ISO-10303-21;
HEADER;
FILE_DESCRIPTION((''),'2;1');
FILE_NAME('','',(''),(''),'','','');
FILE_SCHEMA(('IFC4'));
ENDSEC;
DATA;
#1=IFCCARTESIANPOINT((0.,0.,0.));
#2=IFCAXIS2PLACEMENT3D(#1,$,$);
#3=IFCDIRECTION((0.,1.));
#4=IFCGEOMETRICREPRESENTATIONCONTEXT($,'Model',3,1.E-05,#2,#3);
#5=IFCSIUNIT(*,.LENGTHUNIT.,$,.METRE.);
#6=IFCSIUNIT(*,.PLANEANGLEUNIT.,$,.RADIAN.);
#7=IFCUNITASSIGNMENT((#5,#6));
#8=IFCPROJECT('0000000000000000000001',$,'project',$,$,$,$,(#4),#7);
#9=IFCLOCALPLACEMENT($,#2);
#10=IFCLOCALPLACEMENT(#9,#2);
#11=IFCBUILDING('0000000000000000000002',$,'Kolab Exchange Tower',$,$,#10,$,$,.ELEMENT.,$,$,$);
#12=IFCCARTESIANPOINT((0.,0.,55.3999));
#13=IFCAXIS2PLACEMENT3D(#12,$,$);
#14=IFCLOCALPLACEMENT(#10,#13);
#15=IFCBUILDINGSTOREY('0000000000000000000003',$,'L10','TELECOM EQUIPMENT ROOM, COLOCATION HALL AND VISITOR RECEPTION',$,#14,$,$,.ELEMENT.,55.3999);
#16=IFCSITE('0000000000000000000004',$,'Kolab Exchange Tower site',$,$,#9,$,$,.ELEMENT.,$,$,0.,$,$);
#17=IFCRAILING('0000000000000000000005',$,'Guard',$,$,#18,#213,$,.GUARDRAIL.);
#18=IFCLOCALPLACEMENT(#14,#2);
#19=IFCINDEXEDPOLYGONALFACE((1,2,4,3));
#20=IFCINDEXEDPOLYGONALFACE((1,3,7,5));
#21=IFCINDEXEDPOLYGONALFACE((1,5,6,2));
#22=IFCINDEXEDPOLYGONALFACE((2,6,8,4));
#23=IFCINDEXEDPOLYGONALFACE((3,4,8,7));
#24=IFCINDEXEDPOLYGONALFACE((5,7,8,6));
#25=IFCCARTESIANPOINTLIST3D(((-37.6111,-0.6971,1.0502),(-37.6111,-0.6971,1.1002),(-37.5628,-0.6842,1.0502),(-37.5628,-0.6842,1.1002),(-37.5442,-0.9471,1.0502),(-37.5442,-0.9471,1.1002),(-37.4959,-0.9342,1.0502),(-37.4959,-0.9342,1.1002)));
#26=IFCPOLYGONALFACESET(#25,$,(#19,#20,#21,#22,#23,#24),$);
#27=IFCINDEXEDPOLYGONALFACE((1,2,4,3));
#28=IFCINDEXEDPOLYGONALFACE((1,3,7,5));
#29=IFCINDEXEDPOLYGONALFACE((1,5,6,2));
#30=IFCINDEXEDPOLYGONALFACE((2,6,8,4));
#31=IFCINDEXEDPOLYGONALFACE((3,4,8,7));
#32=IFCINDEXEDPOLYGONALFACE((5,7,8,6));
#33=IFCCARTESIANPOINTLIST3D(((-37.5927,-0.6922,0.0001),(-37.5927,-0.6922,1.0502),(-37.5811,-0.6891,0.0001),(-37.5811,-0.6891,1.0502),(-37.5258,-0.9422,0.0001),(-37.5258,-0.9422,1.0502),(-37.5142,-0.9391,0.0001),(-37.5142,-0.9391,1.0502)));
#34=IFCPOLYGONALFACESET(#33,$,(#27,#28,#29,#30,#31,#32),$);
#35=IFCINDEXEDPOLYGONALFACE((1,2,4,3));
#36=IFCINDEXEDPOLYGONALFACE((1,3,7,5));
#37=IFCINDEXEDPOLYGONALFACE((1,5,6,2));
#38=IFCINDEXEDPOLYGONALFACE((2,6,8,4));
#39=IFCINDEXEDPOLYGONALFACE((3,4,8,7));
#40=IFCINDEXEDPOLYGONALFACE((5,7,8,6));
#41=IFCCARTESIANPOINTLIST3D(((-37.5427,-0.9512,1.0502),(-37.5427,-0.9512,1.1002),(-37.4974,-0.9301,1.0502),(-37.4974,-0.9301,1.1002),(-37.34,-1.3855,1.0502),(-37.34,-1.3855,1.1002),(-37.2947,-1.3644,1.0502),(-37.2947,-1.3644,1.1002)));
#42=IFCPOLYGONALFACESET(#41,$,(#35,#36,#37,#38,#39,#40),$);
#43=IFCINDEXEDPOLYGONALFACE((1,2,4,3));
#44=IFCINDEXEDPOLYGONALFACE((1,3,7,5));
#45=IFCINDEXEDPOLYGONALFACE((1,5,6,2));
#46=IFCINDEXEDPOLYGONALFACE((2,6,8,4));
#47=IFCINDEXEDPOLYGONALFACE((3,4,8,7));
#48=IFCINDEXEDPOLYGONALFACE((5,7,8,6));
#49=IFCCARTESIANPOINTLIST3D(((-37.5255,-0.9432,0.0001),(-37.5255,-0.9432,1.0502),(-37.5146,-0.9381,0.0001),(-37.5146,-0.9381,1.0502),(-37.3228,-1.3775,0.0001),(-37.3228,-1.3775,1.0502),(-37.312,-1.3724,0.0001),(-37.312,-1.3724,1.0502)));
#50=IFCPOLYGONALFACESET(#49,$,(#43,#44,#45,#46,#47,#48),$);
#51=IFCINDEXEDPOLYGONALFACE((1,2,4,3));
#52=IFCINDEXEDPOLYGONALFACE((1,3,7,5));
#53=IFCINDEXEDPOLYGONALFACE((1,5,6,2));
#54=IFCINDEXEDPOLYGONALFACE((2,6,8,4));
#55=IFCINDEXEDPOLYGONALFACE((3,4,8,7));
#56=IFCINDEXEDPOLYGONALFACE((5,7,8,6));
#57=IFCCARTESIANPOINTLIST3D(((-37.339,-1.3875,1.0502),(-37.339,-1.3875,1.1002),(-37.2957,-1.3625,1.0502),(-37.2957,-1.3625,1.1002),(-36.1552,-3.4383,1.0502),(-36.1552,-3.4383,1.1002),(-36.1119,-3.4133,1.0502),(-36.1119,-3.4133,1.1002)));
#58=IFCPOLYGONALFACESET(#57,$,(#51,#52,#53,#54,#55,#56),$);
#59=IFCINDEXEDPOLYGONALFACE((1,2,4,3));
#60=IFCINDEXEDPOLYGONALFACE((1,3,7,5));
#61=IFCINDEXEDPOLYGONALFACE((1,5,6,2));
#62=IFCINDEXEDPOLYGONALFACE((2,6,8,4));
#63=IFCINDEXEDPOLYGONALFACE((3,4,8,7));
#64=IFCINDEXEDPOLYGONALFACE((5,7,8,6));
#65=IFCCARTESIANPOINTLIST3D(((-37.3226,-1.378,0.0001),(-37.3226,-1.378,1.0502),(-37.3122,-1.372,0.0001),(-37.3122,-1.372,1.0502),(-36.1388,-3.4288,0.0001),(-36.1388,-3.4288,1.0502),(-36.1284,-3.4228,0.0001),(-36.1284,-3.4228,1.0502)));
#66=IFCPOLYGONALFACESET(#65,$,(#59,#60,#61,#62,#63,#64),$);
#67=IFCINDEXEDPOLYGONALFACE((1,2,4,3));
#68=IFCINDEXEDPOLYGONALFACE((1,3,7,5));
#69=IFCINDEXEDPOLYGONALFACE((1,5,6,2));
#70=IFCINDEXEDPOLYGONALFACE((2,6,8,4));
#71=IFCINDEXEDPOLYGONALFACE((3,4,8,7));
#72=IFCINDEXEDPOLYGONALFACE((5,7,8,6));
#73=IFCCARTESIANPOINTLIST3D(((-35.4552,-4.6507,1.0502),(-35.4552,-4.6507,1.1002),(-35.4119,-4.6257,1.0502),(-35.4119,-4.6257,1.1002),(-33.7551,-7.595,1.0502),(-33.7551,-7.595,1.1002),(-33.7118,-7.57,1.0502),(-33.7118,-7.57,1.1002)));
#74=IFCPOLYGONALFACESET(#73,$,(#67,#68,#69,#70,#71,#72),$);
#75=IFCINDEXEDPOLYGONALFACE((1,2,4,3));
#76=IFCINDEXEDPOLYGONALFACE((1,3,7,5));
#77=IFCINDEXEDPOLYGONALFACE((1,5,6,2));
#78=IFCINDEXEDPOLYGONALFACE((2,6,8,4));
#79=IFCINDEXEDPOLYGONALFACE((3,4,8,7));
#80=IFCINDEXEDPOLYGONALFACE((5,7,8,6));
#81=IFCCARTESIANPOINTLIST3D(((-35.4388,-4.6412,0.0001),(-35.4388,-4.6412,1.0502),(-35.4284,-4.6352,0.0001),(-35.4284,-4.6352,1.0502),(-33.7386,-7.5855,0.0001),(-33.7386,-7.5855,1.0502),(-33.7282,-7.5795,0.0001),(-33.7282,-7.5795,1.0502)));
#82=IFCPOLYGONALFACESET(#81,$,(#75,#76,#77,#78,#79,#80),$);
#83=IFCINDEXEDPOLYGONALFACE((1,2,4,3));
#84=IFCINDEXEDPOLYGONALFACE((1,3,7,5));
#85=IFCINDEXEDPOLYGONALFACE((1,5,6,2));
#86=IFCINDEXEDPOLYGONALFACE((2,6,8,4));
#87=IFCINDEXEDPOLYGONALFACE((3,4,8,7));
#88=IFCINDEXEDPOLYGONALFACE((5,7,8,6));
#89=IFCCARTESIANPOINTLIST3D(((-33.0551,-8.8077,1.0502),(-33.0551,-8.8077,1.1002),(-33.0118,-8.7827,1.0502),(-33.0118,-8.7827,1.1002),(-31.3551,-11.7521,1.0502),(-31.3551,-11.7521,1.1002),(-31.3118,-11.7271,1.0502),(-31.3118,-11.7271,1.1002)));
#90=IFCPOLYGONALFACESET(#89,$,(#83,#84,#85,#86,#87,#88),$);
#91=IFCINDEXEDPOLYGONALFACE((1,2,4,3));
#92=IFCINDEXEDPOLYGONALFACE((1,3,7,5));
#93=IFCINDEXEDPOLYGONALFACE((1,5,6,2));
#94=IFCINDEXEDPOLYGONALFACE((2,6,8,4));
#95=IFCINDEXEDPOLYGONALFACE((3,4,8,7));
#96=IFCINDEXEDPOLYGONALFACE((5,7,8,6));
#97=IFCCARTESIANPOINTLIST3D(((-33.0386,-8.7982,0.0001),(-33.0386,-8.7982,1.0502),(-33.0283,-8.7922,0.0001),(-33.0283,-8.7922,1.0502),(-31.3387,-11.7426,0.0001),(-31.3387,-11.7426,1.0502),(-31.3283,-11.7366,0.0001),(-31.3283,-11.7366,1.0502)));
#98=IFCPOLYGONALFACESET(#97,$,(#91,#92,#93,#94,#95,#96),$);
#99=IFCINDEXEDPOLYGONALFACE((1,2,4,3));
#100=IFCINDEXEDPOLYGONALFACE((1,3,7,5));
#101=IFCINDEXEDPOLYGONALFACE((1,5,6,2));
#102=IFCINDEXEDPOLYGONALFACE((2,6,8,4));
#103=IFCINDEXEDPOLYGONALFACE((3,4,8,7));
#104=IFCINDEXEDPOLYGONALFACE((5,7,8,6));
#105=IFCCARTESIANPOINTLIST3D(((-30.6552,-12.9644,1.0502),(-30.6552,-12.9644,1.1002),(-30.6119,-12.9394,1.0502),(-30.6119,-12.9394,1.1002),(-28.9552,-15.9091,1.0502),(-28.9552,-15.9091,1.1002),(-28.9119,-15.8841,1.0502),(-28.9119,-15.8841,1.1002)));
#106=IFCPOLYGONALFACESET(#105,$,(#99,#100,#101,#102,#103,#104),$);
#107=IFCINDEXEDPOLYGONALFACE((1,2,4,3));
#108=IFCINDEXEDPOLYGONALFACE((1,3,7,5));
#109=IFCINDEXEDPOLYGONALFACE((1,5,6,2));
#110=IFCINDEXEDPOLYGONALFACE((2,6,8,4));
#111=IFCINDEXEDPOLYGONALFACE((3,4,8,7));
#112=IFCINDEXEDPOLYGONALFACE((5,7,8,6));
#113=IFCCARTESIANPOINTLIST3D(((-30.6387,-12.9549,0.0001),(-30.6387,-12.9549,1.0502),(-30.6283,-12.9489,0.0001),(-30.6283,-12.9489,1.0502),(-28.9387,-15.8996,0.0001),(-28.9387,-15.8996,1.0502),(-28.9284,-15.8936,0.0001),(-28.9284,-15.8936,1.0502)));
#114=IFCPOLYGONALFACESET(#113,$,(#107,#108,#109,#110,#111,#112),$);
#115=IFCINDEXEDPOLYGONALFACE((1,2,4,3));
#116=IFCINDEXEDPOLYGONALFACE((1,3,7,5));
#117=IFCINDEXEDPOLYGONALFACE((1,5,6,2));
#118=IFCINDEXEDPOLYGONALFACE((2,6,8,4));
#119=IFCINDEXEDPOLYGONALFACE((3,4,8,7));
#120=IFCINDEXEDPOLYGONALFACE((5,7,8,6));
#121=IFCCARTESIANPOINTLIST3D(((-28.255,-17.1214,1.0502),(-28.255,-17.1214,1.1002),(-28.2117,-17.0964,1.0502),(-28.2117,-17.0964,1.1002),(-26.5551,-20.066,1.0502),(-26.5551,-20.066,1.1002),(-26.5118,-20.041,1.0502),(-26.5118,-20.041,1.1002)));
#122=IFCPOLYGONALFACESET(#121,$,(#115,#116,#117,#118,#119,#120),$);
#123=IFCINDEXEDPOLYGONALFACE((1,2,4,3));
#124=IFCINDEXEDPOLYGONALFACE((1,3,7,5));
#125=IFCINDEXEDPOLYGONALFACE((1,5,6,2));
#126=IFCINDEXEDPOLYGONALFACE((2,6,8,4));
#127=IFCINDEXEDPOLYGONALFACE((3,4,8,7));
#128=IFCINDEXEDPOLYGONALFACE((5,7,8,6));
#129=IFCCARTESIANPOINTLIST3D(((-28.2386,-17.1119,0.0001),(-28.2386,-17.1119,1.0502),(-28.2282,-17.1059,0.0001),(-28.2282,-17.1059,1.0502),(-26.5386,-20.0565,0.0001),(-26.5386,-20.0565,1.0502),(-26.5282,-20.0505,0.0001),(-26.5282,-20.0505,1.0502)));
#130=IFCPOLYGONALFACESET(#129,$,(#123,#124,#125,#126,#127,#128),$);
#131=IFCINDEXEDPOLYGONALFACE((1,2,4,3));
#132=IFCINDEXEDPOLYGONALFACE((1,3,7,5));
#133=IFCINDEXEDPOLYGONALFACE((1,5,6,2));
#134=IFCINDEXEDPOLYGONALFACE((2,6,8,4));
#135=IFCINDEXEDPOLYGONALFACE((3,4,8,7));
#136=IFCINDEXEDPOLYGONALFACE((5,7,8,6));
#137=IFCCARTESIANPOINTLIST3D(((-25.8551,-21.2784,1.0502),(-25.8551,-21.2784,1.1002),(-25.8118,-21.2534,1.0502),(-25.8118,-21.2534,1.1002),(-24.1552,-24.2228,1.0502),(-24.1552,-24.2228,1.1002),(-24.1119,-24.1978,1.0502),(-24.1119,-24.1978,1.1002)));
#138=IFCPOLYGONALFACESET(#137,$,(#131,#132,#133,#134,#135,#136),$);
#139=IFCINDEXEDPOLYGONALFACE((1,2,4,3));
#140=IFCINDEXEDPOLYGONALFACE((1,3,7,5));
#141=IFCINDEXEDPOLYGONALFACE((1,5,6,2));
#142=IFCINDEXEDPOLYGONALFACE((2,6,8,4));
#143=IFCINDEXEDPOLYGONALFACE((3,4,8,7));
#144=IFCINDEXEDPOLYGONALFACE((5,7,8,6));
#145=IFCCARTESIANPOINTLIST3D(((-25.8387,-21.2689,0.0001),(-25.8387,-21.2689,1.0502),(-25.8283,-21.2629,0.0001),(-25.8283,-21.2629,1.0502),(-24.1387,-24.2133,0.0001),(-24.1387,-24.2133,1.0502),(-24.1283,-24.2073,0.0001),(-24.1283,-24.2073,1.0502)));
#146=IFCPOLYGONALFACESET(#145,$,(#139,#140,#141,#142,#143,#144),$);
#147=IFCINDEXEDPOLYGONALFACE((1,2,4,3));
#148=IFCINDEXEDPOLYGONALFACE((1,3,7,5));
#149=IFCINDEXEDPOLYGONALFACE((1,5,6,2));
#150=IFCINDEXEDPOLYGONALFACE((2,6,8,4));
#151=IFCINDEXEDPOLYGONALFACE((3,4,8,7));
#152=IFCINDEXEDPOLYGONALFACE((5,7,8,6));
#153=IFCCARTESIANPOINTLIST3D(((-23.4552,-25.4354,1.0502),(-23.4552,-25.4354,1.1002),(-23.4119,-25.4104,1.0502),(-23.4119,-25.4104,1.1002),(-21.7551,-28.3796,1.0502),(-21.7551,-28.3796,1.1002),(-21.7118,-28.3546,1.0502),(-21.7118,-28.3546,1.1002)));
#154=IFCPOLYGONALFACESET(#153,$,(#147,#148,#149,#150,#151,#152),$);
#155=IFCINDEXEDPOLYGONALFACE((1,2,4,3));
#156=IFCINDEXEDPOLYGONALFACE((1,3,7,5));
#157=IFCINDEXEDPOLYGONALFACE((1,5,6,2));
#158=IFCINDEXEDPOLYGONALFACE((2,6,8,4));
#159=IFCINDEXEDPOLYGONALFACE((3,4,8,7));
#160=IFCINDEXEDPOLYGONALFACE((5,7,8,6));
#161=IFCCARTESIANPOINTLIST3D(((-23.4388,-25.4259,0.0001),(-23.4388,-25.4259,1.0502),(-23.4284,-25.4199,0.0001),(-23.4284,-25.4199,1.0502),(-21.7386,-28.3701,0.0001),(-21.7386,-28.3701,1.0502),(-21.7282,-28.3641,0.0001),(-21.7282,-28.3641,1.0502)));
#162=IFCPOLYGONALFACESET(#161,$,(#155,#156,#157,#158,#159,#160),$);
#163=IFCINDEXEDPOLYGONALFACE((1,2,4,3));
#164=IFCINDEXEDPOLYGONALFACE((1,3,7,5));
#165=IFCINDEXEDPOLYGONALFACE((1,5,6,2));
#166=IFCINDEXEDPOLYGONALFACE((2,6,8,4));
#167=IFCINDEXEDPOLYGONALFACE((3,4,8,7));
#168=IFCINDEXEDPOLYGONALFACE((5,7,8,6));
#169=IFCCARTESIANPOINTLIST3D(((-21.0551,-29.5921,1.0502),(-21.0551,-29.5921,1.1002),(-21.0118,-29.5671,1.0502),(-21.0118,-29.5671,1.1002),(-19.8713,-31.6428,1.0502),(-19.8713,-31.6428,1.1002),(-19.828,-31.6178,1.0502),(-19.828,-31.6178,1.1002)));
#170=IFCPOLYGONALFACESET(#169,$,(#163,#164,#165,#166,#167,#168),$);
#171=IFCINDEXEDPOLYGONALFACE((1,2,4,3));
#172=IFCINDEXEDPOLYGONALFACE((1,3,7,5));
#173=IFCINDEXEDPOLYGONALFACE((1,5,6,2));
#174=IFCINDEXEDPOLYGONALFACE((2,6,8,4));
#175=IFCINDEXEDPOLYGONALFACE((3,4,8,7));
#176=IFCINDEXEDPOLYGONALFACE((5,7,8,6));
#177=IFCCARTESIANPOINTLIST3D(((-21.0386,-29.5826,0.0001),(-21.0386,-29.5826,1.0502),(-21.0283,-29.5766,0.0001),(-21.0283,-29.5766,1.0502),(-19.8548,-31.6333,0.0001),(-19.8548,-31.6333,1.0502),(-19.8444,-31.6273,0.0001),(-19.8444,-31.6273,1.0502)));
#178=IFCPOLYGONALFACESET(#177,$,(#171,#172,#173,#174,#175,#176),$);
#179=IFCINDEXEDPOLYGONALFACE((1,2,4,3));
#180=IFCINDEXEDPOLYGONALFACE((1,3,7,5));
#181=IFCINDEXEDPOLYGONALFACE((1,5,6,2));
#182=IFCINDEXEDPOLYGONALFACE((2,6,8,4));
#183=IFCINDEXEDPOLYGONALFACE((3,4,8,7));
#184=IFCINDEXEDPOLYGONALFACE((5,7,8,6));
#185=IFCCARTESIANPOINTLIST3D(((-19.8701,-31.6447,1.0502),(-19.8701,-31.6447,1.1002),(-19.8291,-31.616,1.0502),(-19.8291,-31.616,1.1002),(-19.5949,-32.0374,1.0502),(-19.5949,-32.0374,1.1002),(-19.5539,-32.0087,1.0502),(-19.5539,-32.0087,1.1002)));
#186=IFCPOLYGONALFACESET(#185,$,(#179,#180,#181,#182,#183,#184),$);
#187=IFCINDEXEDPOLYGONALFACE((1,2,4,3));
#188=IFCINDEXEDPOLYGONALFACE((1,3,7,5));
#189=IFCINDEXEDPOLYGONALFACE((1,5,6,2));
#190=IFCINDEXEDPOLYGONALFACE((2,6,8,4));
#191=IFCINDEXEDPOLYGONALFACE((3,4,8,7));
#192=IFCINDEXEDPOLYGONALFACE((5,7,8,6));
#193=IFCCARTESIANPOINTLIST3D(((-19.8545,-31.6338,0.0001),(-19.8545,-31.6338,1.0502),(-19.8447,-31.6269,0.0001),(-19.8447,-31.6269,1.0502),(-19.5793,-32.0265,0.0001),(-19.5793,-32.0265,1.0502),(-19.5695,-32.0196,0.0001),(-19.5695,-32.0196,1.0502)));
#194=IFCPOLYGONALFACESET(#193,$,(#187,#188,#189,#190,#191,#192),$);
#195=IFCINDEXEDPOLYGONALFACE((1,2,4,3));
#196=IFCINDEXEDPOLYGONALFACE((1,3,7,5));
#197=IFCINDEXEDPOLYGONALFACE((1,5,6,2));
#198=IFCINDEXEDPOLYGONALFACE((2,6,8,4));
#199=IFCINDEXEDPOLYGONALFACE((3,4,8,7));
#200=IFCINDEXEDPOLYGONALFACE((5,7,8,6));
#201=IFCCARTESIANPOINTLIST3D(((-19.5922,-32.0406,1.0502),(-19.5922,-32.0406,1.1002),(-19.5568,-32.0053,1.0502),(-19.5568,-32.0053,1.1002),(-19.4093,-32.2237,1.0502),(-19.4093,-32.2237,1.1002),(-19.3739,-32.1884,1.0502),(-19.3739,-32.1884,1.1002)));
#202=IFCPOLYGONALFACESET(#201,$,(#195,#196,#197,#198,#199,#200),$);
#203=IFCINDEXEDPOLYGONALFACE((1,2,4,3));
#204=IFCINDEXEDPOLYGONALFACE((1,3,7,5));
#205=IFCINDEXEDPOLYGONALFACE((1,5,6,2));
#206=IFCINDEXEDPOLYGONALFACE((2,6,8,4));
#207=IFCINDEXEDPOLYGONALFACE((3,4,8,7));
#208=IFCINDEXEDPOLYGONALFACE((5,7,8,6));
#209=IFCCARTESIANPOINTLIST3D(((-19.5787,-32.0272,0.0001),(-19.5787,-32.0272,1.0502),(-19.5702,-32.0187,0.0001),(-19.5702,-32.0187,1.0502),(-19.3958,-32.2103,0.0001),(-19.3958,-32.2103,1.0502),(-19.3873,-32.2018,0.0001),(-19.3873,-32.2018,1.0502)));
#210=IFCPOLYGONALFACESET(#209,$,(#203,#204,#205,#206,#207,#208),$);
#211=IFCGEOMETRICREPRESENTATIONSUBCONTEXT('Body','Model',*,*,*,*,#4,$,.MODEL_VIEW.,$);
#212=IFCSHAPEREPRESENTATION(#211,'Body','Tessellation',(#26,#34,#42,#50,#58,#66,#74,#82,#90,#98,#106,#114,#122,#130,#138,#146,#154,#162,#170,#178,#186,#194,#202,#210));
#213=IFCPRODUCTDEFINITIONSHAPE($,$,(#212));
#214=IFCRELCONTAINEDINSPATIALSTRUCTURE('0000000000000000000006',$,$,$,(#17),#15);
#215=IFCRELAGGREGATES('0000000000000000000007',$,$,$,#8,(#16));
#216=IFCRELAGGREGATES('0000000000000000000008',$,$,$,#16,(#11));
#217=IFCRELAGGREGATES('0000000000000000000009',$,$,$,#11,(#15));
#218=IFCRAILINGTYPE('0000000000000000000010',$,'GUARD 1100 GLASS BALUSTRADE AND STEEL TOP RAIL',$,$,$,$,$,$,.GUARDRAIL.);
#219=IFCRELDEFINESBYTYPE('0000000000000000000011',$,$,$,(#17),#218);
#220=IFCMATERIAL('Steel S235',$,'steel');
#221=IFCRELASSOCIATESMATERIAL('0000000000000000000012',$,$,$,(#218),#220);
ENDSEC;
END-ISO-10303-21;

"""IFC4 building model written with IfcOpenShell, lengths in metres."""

from ifc_helpers import new_model, si_unit, direction, frame, frame_2d, origin, origin_2d, place, context, subcontext, project, spatial, rectangle, extrude, material, type_object, element, save


model = new_model("IFC4")

# Units and contexts
model_context = context("Model", 3, precision=1e-05, world=origin(), true_north=direction((0.0, 1.0)))
body_context = subcontext(model_context, "Body", "Model", "MODEL_VIEW")
ifc_project = project(units=[si_unit("LENGTHUNIT", "METRE"), si_unit("PLANEANGLEUNIT", "RADIAN")], contexts=[model_context])

# Site, building, storey
site_placement = place(None, origin())
site = spatial("IfcSite", under=ifc_project, at=site_placement, Name="Kolab Exchange Tower site", CompositionType="ELEMENT", RefElevation=0.0)
building_placement = place(site_placement, origin())
building = spatial("IfcBuilding", under=site, at=building_placement, Name="Kolab Exchange Tower", CompositionType="ELEMENT")
storey_placement = place(building_placement, frame((0.0, 0.0, 55.3999)))
storey = spatial("IfcBuildingStorey", under=building, at=storey_placement, Name="L10", Description="TELECOM EQUIPMENT ROOM, COLOCATION HALL AND VISITOR RECEPTION", CompositionType="ELEMENT", Elevation=55.3999)

# Railing
ifc_material_1 = material(Name="Steel S235", Category="steel")
railing_type = type_object("IfcRailingType", Name="GUARD 1100 GLASS BALUSTRADE AND STEEL TOP RAIL", PredefinedType="GUARDRAIL", material=ifc_material_1)
railing_placement = place(storey_placement, frame((-37.5869, -0.6907, 0.0)))
element("IfcRailing", 1, at=railing_placement, inside=storey, type_object=railing_type, Name="Guard", PredefinedType="GUARDRAIL", context=body_context, shape_type="SweptSolid", body=[
    extrude(rectangle(XDim=0.05, YDim=0.05, at=origin_2d()), frame((0.0, 0.0, 1.0752), z_axis=(0.258485, -0.966015, 0.0), x_axis=(0.966015, 0.258485, 0.0)), (0.0, 0.0, 1.0), 0.2588),
    extrude(rectangle(XDim=0.012, YDim=1.0501, at=frame_2d((0.0, 0.5251))), frame((0.0, 0.0, 0.0), z_axis=(0.258485, -0.966015, 0.0), x_axis=(0.966015, 0.258485, 0.0)), (0.0, 0.0, 1.0), 0.2588),
    extrude(rectangle(XDim=0.05, YDim=0.05, at=origin_2d()), frame((0.0669, -0.25, 1.0752), z_axis=(0.422802, -0.906222, 0.0), x_axis=(0.906222, 0.422802, 0.0)), (0.0, 0.0, 1.0), 0.4792),
    extrude(rectangle(XDim=0.012, YDim=1.0501, at=frame_2d((0.0, 0.5251))), frame((0.0669, -0.25, 0.0), z_axis=(0.422802, -0.906222, 0.0), x_axis=(0.906222, 0.422802, 0.0)), (0.0, 0.0, 1.0), 0.4792),
    extrude(rectangle(XDim=0.05, YDim=0.05, at=origin_2d()), frame((0.2695, -0.6843, 1.0752), z_axis=(0.499943, -0.866059, 0.0), x_axis=(0.866059, 0.499943, 0.0)), (0.0, 0.0, 1.0), 2.3679),
    extrude(rectangle(XDim=0.012, YDim=1.0501, at=frame_2d((0.0, 0.5251))), frame((0.2695, -0.6843, 0.0), z_axis=(0.499943, -0.866059, 0.0), x_axis=(0.866059, 0.499943, 0.0)), (0.0, 0.0, 1.0), 2.3679),
    extrude(rectangle(XDim=0.05, YDim=0.05, at=origin_2d()), frame((2.1533, -3.9475, 1.0752), z_axis=(0.500062, -0.865989, 0.0), x_axis=(0.865989, 0.500062, 0.0)), (0.0, 0.0, 1.0), 3.3999),
    extrude(rectangle(XDim=0.012, YDim=1.0501, at=frame_2d((0.0, 0.5251))), frame((2.1533, -3.9475, 0.0), z_axis=(0.500062, -0.865989, 0.0), x_axis=(0.865989, 0.500062, 0.0)), (0.0, 0.0, 1.0), 3.3999),
    extrude(rectangle(XDim=0.05, YDim=0.05, at=origin_2d()), frame((4.5535, -8.1045, 1.0752), z_axis=(0.500008, -0.866021, 0.0), x_axis=(0.866021, 0.500008, 0.0)), (0.0, 0.0, 1.0), 3.3999),
    extrude(rectangle(XDim=0.012, YDim=1.0501, at=frame_2d((0.0, 0.5251))), frame((4.5535, -8.1045, 0.0), z_axis=(0.500008, -0.866021, 0.0), x_axis=(0.866021, 0.500008, 0.0)), (0.0, 0.0, 1.0), 3.3999),
    extrude(rectangle(XDim=0.05, YDim=0.05, at=origin_2d()), frame((6.9534, -12.2612, 1.0752), z_axis=(0.499977, -0.866039, 0.0), x_axis=(0.866039, 0.499977, 0.0)), (0.0, 0.0, 1.0), 3.4001),
    extrude(rectangle(XDim=0.012, YDim=1.0501, at=frame_2d((0.0, 0.5251))), frame((6.9534, -12.2612, 0.0), z_axis=(0.499977, -0.866039, 0.0), x_axis=(0.866039, 0.499977, 0.0)), (0.0, 0.0, 1.0), 3.4001),
    extrude(rectangle(XDim=0.05, YDim=0.05, at=origin_2d()), frame((9.3535, -16.4182, 1.0752), z_axis=(0.499977, -0.866039, 0.0), x_axis=(0.866039, 0.499977, 0.0)), (0.0, 0.0, 1.0), 3.4001),
    extrude(rectangle(XDim=0.012, YDim=1.0501, at=frame_2d((0.0, 0.5251))), frame((9.3535, -16.4182, 0.0), z_axis=(0.499977, -0.866039, 0.0), x_axis=(0.866039, 0.499977, 0.0)), (0.0, 0.0, 1.0), 3.4001),
    extrude(rectangle(XDim=0.05, YDim=0.05, at=origin_2d()), frame((11.7534, -20.5752, 1.0752), z_axis=(0.500008, -0.866021, 0.0), x_axis=(0.866021, 0.500008, 0.0)), (0.0, 0.0, 1.0), 3.3999),
    extrude(rectangle(XDim=0.012, YDim=1.0501, at=frame_2d((0.0, 0.5251))), frame((11.7534, -20.5752, 0.0), z_axis=(0.500008, -0.866021, 0.0), x_axis=(0.866021, 0.500008, 0.0)), (0.0, 0.0, 1.0), 3.3999),
    extrude(rectangle(XDim=0.05, YDim=0.05, at=origin_2d()), frame((14.1533, -24.7322, 1.0752), z_axis=(0.500062, -0.865989, 0.0), x_axis=(0.865989, 0.500062, 0.0)), (0.0, 0.0, 1.0), 3.3999),
    extrude(rectangle(XDim=0.012, YDim=1.0501, at=frame_2d((0.0, 0.5251))), frame((14.1533, -24.7322, 0.0), z_axis=(0.500062, -0.865989, 0.0), x_axis=(0.865989, 0.500062, 0.0)), (0.0, 0.0, 1.0), 3.3999),
    extrude(rectangle(XDim=0.05, YDim=0.05, at=origin_2d()), frame((16.5535, -28.8889, 1.0752), z_axis=(0.499943, -0.866059, 0.0), x_axis=(0.866059, 0.499943, 0.0)), (0.0, 0.0, 1.0), 2.3679),
    extrude(rectangle(XDim=0.012, YDim=1.0501, at=frame_2d((0.0, 0.5251))), frame((16.5535, -28.8889, 0.0), z_axis=(0.499943, -0.866059, 0.0), x_axis=(0.866059, 0.499943, 0.0)), (0.0, 0.0, 1.0), 2.3679),
    extrude(rectangle(XDim=0.05, YDim=0.05, at=origin_2d()), frame((17.7373, -30.9397, 1.0752), z_axis=(0.573941, -0.818897, 0.0), x_axis=(0.818897, 0.573941, 0.0)), (0.0, 0.0, 1.0), 0.4795),
    extrude(rectangle(XDim=0.012, YDim=1.0501, at=frame_2d((0.0, 0.5251))), frame((17.7373, -30.9397, 0.0), z_axis=(0.573941, -0.818897, 0.0), x_axis=(0.818897, 0.573941, 0.0)), (0.0, 0.0, 1.0), 0.4795),
    extrude(rectangle(XDim=0.05, YDim=0.05, at=origin_2d()), frame((18.0125, -31.3323, 1.0752), z_axis=(0.706635, -0.707578, 0.0), x_axis=(0.707578, 0.706635, 0.0)), (0.0, 0.0, 1.0), 0.2588),
    extrude(rectangle(XDim=0.012, YDim=1.0501, at=frame_2d((0.0, 0.5251))), frame((18.0125, -31.3323, 0.0), z_axis=(0.706635, -0.707578, 0.0), x_axis=(0.707578, 0.706635, 0.0)), (0.0, 0.0, 1.0), 0.2588),
])

save(model, "model.ifc")
